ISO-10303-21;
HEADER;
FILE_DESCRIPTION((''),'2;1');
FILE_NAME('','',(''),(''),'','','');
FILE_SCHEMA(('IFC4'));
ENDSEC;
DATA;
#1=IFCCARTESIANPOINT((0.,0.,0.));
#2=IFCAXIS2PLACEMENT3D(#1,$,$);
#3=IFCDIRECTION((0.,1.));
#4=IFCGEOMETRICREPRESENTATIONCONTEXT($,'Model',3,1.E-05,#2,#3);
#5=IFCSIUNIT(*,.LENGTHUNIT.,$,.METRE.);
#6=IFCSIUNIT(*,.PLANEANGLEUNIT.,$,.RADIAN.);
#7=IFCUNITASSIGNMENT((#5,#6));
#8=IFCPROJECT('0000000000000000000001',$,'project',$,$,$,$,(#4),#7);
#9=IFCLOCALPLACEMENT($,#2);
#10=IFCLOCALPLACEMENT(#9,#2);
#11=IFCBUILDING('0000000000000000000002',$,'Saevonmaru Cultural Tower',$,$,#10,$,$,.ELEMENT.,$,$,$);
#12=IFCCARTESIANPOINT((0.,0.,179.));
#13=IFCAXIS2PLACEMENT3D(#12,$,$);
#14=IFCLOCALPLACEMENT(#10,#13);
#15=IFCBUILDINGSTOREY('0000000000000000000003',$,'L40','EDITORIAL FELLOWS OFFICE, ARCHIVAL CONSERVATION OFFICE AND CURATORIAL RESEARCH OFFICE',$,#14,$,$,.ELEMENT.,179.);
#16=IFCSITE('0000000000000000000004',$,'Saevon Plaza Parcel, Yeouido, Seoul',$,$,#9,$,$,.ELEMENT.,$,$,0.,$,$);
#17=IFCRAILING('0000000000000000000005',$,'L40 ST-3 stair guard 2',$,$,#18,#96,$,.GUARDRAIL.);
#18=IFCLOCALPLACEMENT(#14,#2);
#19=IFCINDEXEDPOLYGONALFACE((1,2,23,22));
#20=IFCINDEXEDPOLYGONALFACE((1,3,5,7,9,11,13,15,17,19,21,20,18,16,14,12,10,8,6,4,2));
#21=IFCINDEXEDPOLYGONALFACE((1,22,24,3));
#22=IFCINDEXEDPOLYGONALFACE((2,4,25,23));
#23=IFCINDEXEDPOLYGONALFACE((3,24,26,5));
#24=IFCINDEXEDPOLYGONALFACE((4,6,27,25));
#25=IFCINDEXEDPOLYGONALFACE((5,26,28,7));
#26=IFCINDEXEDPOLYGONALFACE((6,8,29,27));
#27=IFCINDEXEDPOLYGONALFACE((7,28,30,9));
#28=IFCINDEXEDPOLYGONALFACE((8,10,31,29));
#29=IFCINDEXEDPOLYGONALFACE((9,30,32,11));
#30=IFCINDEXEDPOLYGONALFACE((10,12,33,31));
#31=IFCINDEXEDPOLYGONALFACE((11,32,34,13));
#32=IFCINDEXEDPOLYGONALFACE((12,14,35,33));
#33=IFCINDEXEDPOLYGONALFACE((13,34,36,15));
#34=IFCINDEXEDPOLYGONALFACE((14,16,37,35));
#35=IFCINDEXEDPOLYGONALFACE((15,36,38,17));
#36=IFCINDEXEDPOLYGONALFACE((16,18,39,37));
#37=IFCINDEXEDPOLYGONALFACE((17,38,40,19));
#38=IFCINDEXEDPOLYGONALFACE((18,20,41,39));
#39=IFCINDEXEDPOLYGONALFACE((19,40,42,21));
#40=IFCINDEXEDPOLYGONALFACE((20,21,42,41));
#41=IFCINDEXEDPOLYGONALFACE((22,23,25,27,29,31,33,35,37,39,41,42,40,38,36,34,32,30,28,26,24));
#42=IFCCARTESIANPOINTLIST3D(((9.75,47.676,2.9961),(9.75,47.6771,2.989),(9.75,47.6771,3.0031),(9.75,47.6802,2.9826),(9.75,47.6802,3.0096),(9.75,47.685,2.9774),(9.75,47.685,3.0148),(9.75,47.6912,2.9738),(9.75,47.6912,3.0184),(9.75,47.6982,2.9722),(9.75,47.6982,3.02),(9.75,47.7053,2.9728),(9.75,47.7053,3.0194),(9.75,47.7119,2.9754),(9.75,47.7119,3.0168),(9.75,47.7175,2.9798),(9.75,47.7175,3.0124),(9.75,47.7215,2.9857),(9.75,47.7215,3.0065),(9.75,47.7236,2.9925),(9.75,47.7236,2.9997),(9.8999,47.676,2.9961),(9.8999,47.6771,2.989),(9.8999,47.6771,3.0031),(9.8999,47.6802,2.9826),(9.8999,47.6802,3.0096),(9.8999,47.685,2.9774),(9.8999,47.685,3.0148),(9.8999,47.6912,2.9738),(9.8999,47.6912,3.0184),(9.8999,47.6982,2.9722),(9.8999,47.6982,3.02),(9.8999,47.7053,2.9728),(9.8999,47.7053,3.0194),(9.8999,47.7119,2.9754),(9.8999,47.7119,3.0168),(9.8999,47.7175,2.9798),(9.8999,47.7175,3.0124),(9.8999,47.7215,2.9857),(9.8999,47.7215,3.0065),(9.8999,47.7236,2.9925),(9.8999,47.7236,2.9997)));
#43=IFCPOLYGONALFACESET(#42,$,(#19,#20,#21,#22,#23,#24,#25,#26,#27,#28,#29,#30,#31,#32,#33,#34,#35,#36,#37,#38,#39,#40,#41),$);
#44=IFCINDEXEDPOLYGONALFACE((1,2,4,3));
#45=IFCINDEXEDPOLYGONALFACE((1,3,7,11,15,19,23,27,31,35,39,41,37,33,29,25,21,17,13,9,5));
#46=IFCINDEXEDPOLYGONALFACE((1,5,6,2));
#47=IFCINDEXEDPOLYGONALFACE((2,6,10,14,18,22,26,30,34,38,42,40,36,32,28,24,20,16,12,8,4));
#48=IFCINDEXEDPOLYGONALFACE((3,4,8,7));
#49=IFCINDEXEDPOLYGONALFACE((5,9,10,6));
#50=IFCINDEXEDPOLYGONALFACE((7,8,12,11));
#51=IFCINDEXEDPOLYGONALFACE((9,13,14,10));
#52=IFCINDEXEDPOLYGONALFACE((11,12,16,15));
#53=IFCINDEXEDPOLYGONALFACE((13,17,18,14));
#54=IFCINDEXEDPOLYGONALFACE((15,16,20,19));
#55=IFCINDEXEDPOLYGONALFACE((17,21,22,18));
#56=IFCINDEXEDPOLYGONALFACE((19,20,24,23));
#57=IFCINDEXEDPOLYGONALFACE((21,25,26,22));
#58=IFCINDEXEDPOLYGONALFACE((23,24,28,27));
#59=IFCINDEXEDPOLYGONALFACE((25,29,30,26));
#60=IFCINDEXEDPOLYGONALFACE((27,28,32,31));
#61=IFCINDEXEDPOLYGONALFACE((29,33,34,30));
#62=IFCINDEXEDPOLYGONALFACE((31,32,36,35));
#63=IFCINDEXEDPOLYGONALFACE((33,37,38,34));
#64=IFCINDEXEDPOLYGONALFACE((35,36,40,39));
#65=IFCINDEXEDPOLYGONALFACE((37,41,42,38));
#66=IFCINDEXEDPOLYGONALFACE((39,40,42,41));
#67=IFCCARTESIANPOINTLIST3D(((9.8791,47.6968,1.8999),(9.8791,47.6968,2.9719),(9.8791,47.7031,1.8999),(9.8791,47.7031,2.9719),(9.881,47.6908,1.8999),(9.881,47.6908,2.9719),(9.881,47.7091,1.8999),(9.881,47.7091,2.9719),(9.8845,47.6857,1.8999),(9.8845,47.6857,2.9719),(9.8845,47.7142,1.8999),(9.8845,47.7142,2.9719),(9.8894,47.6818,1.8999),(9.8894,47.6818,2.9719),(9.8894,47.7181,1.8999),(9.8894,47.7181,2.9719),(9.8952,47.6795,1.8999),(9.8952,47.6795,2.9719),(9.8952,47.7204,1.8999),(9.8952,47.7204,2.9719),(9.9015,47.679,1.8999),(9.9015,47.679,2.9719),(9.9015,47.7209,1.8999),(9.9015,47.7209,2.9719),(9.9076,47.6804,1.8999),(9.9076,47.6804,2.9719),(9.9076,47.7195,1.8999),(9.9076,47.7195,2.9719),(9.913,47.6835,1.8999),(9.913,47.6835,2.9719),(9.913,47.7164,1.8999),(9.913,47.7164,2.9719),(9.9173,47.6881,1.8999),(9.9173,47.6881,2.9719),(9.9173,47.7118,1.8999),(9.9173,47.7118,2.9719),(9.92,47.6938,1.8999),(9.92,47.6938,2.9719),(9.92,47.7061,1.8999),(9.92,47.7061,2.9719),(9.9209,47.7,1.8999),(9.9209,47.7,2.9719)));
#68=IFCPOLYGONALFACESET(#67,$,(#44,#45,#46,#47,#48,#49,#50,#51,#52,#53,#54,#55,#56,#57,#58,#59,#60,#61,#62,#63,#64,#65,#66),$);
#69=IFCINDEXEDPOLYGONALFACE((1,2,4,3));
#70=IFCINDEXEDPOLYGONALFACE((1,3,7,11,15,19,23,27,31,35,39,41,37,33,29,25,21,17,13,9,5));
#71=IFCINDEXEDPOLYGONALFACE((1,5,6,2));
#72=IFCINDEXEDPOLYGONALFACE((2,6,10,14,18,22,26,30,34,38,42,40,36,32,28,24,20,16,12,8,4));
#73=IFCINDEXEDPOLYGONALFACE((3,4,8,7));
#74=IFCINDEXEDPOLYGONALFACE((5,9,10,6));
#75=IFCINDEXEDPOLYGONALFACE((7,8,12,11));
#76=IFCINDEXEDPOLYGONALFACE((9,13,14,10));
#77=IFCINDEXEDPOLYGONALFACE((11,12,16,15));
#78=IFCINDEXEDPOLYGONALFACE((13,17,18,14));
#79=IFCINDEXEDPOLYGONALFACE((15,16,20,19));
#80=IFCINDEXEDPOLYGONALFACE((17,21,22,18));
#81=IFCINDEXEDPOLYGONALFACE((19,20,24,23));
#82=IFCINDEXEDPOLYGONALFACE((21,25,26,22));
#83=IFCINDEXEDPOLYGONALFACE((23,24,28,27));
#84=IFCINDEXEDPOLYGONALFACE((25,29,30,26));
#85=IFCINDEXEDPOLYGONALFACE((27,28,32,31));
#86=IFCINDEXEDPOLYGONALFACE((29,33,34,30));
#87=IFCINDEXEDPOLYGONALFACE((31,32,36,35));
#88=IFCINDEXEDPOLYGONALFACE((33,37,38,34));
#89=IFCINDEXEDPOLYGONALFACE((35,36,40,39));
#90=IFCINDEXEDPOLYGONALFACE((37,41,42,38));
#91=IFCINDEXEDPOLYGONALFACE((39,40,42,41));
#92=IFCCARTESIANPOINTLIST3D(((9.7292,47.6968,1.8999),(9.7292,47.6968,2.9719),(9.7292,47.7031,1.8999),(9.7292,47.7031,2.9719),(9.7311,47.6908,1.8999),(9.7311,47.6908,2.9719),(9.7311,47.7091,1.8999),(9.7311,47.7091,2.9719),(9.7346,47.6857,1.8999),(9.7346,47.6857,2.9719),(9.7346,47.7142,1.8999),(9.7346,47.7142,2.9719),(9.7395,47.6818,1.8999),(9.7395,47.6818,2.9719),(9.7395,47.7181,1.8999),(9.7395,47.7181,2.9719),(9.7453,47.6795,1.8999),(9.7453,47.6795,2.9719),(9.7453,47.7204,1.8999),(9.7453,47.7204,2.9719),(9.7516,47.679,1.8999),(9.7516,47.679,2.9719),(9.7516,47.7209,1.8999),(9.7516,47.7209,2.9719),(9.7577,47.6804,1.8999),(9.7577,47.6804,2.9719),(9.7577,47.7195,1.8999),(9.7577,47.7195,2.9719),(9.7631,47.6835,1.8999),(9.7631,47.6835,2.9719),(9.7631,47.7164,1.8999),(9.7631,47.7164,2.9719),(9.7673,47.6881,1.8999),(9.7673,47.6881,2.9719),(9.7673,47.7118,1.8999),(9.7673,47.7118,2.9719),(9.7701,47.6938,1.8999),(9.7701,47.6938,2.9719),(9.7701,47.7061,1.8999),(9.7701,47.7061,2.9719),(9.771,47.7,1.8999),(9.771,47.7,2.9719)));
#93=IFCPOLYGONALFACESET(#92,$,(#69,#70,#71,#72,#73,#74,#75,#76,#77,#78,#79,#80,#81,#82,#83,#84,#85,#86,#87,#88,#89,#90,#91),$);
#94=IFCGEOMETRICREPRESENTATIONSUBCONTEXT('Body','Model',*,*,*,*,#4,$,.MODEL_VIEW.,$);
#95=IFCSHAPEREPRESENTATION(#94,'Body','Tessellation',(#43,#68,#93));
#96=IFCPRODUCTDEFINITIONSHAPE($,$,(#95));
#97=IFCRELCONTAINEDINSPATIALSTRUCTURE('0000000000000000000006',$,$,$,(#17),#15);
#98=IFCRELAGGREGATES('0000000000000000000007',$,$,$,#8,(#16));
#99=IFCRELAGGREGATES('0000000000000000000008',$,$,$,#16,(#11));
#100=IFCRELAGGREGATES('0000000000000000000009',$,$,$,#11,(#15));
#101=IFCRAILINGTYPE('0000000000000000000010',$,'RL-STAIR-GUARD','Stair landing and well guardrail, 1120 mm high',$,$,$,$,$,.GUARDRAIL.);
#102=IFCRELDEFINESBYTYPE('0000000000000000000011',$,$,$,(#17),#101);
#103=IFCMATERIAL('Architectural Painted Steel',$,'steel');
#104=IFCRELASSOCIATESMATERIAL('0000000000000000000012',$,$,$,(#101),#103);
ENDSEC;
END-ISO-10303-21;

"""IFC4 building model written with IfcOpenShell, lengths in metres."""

from ifc_helpers import new_model, si_unit, direction, frame, origin, origin_2d, place, context, subcontext, project, spatial, circle, extrude, material, type_object, element, save


model = new_model("IFC4")

# Units and contexts
model_context = context("Model", 3, precision=1e-05, world=origin(), true_north=direction((0.0, 1.0)))
body_context = subcontext(model_context, "Body", "Model", "MODEL_VIEW")
ifc_project = project(units=[si_unit("LENGTHUNIT", "METRE"), si_unit("PLANEANGLEUNIT", "RADIAN")], contexts=[model_context])

# Site, building, storey
site_placement = place(None, origin())
site = spatial("IfcSite", under=ifc_project, at=site_placement, Name="Saevon Plaza Parcel, Yeouido, Seoul", CompositionType="ELEMENT", RefElevation=0.0)
building_placement = place(site_placement, origin())
building = spatial("IfcBuilding", under=site, at=building_placement, Name="Saevonmaru Cultural Tower", CompositionType="ELEMENT")
storey_placement = place(building_placement, frame((0.0, 0.0, 179.0)))
storey = spatial("IfcBuildingStorey", under=building, at=storey_placement, Name="L40", Description="EDITORIAL FELLOWS OFFICE, ARCHIVAL CONSERVATION OFFICE AND CURATORIAL RESEARCH OFFICE", CompositionType="ELEMENT", Elevation=179.0)

# Railing
ifc_material_1 = material(Name="Architectural Painted Steel", Category="steel")
railing_type_1 = type_object("IfcRailingType", Name="RL-STAIR-GUARD", Description="Stair landing and well guardrail, 1120 mm high", PredefinedType="GUARDRAIL", material=ifc_material_1)
railing_1_placement = place(storey_placement, frame((9.8999, 47.7, 1.8999)))
element("IfcRailing", 1, at=railing_1_placement, inside=storey, type_object=railing_type_1, Name="L40 ST-3 stair guard 2", PredefinedType="GUARDRAIL", context=body_context, shape_type="SweptSolid", body=[
    extrude(circle(Radius=0.0239, at=origin_2d()), frame((0.0, 0.0, 1.0962), z_axis=(-1.0, 0.0, 0.0), x_axis=(0.0, -1.0, 0.0)), (0.0, 0.0, 1.0), 0.1499),
    extrude(circle(Radius=0.021, at=origin_2d()), origin(), (0.0, 0.0, 1.0), 1.072),
    extrude(circle(Radius=0.021, at=origin_2d()), frame((-0.1499, 0.0, 0.0)), (0.0, 0.0, 1.0), 1.072),
])

save(model, "model.ifc")
